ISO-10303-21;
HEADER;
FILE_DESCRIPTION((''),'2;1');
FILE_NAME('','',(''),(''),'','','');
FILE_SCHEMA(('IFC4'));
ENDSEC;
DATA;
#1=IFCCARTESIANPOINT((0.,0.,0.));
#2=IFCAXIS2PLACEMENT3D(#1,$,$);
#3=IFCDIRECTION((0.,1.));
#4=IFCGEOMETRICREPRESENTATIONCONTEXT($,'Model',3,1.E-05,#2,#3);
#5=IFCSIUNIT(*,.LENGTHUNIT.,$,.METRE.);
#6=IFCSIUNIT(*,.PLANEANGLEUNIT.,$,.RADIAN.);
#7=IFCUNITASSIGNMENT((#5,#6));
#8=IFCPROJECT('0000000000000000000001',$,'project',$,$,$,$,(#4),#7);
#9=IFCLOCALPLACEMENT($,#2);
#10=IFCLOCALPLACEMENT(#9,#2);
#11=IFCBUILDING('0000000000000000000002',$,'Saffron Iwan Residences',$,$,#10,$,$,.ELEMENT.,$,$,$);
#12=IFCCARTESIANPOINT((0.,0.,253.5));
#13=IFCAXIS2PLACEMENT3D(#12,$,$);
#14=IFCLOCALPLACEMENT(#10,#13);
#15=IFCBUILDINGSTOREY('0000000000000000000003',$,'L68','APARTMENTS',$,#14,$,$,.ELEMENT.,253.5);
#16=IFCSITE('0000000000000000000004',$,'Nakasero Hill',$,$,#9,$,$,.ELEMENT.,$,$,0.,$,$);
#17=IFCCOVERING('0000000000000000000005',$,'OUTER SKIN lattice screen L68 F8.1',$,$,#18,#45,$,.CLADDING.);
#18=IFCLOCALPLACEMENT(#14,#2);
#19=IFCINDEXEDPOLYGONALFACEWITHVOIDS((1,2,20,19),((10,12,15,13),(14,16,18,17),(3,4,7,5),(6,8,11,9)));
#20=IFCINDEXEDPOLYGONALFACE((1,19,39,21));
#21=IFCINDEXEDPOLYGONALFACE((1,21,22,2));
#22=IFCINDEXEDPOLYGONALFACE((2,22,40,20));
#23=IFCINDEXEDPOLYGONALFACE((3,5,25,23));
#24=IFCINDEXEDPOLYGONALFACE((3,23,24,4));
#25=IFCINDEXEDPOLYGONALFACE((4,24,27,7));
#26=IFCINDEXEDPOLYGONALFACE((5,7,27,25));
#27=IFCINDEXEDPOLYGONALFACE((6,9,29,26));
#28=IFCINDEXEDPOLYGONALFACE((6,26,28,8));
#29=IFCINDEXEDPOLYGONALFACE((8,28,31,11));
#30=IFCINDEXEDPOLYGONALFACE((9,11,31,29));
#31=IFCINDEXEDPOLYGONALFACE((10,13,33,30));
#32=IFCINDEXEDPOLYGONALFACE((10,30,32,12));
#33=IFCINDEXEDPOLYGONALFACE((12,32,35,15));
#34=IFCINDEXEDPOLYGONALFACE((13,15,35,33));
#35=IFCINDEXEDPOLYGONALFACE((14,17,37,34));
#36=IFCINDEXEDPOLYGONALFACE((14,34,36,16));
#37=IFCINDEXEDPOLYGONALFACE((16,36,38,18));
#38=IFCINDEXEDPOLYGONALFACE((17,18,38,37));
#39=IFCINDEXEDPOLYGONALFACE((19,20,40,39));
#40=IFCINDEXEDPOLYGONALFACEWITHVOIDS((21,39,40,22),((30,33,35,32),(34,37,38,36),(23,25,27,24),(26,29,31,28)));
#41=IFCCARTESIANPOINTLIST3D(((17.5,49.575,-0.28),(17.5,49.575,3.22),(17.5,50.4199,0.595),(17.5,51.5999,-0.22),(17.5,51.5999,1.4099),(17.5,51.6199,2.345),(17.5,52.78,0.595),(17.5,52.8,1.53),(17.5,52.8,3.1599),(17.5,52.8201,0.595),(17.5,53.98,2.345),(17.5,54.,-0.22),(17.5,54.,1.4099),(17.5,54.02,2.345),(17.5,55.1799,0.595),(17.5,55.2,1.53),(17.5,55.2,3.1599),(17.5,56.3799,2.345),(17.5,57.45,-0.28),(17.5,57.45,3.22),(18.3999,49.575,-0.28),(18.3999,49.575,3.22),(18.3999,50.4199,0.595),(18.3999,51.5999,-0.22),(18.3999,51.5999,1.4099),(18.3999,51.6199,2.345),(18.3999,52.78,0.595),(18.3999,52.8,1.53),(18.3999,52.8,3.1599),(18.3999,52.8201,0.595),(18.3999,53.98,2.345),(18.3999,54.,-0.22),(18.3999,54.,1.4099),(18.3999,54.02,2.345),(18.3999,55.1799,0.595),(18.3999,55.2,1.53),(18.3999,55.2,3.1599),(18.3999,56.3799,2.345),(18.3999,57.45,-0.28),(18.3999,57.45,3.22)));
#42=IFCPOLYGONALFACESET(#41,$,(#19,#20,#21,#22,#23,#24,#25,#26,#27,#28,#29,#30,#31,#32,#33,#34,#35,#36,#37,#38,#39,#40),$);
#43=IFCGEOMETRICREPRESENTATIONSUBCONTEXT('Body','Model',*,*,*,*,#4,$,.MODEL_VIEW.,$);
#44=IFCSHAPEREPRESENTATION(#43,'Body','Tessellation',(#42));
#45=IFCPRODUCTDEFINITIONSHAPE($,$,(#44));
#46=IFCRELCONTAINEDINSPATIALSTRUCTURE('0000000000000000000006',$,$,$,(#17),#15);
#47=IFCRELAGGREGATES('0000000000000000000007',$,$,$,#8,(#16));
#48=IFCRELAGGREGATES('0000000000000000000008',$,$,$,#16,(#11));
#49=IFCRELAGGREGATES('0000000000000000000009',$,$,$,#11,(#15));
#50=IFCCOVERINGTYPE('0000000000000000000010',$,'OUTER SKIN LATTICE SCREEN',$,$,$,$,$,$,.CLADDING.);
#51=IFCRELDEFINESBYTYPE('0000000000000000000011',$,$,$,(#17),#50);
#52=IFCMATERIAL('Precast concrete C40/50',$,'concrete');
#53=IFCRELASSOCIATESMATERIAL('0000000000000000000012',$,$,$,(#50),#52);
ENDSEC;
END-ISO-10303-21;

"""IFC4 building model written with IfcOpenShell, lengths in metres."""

from ifc_helpers import new_model, si_unit, direction, frame, origin, place, context, subcontext, project, spatial, polyline, outline, extrude, material, type_object, element, save


model = new_model("IFC4")

# Units and contexts
model_context = context("Model", 3, precision=1e-05, world=origin(), true_north=direction((0.0, 1.0)))
body_context = subcontext(model_context, "Body", "Model", "MODEL_VIEW")
ifc_project = project(units=[si_unit("LENGTHUNIT", "METRE"), si_unit("PLANEANGLEUNIT", "RADIAN")], contexts=[model_context])

# Site, building, storey
site_placement = place(None, origin())
site = spatial("IfcSite", under=ifc_project, at=site_placement, Name="Nakasero Hill", CompositionType="ELEMENT", RefElevation=0.0)
building_placement = place(site_placement, origin())
building = spatial("IfcBuilding", under=site, at=building_placement, Name="Saffron Iwan Residences", CompositionType="ELEMENT")
storey_placement = place(building_placement, frame((0.0, 0.0, 253.5)))
storey = spatial("IfcBuildingStorey", under=building, at=storey_placement, Name="L68", Description="APARTMENTS", CompositionType="ELEMENT", Elevation=253.5)

# Covering
ifc_material_1 = material(Name="Precast concrete C40/50", Category="concrete")
covering_type = type_object("IfcCoveringType", Name="OUTER SKIN LATTICE SCREEN", PredefinedType="CLADDING", material=ifc_material_1)
covering_placement = place(storey_placement, frame((18.3999, 57.45, -0.28), z_axis=(-1.0, 0.0, 0.0), x_axis=(0.0, -1.0, 0.0)))
element("IfcCovering", 1, at=covering_placement, inside=storey, type_object=covering_type, Name="OUTER SKIN lattice screen L68 F8.1", PredefinedType="CLADDING", context=body_context, shape_type="SweptSolid", body=[
    extrude(outline(polyline([(0.0, 0.0), (7.875, 0.0), (7.875, 3.5), (0.0, 3.5), (0.0, 0.0)]), holes=[polyline([(2.27, 0.875), (3.45, 0.0601), (4.6299, 0.875), (3.45, 1.6899), (2.27, 0.875)]), polyline([(4.6699, 0.875), (5.8501, 0.0601), (7.03, 0.875), (5.8501, 1.6899), (4.6699, 0.875)]), polyline([(1.0701, 2.625), (2.25, 1.8101), (3.4299, 2.625), (2.25, 3.4399), (1.0701, 2.625)]), polyline([(3.47, 2.625), (4.6499, 1.8101), (5.8301, 2.625), (4.6499, 3.4399), (3.47, 2.625)])]), origin(), (0.0, 0.0, 1.0), 0.8999),
])

save(model, "model.ifc")
